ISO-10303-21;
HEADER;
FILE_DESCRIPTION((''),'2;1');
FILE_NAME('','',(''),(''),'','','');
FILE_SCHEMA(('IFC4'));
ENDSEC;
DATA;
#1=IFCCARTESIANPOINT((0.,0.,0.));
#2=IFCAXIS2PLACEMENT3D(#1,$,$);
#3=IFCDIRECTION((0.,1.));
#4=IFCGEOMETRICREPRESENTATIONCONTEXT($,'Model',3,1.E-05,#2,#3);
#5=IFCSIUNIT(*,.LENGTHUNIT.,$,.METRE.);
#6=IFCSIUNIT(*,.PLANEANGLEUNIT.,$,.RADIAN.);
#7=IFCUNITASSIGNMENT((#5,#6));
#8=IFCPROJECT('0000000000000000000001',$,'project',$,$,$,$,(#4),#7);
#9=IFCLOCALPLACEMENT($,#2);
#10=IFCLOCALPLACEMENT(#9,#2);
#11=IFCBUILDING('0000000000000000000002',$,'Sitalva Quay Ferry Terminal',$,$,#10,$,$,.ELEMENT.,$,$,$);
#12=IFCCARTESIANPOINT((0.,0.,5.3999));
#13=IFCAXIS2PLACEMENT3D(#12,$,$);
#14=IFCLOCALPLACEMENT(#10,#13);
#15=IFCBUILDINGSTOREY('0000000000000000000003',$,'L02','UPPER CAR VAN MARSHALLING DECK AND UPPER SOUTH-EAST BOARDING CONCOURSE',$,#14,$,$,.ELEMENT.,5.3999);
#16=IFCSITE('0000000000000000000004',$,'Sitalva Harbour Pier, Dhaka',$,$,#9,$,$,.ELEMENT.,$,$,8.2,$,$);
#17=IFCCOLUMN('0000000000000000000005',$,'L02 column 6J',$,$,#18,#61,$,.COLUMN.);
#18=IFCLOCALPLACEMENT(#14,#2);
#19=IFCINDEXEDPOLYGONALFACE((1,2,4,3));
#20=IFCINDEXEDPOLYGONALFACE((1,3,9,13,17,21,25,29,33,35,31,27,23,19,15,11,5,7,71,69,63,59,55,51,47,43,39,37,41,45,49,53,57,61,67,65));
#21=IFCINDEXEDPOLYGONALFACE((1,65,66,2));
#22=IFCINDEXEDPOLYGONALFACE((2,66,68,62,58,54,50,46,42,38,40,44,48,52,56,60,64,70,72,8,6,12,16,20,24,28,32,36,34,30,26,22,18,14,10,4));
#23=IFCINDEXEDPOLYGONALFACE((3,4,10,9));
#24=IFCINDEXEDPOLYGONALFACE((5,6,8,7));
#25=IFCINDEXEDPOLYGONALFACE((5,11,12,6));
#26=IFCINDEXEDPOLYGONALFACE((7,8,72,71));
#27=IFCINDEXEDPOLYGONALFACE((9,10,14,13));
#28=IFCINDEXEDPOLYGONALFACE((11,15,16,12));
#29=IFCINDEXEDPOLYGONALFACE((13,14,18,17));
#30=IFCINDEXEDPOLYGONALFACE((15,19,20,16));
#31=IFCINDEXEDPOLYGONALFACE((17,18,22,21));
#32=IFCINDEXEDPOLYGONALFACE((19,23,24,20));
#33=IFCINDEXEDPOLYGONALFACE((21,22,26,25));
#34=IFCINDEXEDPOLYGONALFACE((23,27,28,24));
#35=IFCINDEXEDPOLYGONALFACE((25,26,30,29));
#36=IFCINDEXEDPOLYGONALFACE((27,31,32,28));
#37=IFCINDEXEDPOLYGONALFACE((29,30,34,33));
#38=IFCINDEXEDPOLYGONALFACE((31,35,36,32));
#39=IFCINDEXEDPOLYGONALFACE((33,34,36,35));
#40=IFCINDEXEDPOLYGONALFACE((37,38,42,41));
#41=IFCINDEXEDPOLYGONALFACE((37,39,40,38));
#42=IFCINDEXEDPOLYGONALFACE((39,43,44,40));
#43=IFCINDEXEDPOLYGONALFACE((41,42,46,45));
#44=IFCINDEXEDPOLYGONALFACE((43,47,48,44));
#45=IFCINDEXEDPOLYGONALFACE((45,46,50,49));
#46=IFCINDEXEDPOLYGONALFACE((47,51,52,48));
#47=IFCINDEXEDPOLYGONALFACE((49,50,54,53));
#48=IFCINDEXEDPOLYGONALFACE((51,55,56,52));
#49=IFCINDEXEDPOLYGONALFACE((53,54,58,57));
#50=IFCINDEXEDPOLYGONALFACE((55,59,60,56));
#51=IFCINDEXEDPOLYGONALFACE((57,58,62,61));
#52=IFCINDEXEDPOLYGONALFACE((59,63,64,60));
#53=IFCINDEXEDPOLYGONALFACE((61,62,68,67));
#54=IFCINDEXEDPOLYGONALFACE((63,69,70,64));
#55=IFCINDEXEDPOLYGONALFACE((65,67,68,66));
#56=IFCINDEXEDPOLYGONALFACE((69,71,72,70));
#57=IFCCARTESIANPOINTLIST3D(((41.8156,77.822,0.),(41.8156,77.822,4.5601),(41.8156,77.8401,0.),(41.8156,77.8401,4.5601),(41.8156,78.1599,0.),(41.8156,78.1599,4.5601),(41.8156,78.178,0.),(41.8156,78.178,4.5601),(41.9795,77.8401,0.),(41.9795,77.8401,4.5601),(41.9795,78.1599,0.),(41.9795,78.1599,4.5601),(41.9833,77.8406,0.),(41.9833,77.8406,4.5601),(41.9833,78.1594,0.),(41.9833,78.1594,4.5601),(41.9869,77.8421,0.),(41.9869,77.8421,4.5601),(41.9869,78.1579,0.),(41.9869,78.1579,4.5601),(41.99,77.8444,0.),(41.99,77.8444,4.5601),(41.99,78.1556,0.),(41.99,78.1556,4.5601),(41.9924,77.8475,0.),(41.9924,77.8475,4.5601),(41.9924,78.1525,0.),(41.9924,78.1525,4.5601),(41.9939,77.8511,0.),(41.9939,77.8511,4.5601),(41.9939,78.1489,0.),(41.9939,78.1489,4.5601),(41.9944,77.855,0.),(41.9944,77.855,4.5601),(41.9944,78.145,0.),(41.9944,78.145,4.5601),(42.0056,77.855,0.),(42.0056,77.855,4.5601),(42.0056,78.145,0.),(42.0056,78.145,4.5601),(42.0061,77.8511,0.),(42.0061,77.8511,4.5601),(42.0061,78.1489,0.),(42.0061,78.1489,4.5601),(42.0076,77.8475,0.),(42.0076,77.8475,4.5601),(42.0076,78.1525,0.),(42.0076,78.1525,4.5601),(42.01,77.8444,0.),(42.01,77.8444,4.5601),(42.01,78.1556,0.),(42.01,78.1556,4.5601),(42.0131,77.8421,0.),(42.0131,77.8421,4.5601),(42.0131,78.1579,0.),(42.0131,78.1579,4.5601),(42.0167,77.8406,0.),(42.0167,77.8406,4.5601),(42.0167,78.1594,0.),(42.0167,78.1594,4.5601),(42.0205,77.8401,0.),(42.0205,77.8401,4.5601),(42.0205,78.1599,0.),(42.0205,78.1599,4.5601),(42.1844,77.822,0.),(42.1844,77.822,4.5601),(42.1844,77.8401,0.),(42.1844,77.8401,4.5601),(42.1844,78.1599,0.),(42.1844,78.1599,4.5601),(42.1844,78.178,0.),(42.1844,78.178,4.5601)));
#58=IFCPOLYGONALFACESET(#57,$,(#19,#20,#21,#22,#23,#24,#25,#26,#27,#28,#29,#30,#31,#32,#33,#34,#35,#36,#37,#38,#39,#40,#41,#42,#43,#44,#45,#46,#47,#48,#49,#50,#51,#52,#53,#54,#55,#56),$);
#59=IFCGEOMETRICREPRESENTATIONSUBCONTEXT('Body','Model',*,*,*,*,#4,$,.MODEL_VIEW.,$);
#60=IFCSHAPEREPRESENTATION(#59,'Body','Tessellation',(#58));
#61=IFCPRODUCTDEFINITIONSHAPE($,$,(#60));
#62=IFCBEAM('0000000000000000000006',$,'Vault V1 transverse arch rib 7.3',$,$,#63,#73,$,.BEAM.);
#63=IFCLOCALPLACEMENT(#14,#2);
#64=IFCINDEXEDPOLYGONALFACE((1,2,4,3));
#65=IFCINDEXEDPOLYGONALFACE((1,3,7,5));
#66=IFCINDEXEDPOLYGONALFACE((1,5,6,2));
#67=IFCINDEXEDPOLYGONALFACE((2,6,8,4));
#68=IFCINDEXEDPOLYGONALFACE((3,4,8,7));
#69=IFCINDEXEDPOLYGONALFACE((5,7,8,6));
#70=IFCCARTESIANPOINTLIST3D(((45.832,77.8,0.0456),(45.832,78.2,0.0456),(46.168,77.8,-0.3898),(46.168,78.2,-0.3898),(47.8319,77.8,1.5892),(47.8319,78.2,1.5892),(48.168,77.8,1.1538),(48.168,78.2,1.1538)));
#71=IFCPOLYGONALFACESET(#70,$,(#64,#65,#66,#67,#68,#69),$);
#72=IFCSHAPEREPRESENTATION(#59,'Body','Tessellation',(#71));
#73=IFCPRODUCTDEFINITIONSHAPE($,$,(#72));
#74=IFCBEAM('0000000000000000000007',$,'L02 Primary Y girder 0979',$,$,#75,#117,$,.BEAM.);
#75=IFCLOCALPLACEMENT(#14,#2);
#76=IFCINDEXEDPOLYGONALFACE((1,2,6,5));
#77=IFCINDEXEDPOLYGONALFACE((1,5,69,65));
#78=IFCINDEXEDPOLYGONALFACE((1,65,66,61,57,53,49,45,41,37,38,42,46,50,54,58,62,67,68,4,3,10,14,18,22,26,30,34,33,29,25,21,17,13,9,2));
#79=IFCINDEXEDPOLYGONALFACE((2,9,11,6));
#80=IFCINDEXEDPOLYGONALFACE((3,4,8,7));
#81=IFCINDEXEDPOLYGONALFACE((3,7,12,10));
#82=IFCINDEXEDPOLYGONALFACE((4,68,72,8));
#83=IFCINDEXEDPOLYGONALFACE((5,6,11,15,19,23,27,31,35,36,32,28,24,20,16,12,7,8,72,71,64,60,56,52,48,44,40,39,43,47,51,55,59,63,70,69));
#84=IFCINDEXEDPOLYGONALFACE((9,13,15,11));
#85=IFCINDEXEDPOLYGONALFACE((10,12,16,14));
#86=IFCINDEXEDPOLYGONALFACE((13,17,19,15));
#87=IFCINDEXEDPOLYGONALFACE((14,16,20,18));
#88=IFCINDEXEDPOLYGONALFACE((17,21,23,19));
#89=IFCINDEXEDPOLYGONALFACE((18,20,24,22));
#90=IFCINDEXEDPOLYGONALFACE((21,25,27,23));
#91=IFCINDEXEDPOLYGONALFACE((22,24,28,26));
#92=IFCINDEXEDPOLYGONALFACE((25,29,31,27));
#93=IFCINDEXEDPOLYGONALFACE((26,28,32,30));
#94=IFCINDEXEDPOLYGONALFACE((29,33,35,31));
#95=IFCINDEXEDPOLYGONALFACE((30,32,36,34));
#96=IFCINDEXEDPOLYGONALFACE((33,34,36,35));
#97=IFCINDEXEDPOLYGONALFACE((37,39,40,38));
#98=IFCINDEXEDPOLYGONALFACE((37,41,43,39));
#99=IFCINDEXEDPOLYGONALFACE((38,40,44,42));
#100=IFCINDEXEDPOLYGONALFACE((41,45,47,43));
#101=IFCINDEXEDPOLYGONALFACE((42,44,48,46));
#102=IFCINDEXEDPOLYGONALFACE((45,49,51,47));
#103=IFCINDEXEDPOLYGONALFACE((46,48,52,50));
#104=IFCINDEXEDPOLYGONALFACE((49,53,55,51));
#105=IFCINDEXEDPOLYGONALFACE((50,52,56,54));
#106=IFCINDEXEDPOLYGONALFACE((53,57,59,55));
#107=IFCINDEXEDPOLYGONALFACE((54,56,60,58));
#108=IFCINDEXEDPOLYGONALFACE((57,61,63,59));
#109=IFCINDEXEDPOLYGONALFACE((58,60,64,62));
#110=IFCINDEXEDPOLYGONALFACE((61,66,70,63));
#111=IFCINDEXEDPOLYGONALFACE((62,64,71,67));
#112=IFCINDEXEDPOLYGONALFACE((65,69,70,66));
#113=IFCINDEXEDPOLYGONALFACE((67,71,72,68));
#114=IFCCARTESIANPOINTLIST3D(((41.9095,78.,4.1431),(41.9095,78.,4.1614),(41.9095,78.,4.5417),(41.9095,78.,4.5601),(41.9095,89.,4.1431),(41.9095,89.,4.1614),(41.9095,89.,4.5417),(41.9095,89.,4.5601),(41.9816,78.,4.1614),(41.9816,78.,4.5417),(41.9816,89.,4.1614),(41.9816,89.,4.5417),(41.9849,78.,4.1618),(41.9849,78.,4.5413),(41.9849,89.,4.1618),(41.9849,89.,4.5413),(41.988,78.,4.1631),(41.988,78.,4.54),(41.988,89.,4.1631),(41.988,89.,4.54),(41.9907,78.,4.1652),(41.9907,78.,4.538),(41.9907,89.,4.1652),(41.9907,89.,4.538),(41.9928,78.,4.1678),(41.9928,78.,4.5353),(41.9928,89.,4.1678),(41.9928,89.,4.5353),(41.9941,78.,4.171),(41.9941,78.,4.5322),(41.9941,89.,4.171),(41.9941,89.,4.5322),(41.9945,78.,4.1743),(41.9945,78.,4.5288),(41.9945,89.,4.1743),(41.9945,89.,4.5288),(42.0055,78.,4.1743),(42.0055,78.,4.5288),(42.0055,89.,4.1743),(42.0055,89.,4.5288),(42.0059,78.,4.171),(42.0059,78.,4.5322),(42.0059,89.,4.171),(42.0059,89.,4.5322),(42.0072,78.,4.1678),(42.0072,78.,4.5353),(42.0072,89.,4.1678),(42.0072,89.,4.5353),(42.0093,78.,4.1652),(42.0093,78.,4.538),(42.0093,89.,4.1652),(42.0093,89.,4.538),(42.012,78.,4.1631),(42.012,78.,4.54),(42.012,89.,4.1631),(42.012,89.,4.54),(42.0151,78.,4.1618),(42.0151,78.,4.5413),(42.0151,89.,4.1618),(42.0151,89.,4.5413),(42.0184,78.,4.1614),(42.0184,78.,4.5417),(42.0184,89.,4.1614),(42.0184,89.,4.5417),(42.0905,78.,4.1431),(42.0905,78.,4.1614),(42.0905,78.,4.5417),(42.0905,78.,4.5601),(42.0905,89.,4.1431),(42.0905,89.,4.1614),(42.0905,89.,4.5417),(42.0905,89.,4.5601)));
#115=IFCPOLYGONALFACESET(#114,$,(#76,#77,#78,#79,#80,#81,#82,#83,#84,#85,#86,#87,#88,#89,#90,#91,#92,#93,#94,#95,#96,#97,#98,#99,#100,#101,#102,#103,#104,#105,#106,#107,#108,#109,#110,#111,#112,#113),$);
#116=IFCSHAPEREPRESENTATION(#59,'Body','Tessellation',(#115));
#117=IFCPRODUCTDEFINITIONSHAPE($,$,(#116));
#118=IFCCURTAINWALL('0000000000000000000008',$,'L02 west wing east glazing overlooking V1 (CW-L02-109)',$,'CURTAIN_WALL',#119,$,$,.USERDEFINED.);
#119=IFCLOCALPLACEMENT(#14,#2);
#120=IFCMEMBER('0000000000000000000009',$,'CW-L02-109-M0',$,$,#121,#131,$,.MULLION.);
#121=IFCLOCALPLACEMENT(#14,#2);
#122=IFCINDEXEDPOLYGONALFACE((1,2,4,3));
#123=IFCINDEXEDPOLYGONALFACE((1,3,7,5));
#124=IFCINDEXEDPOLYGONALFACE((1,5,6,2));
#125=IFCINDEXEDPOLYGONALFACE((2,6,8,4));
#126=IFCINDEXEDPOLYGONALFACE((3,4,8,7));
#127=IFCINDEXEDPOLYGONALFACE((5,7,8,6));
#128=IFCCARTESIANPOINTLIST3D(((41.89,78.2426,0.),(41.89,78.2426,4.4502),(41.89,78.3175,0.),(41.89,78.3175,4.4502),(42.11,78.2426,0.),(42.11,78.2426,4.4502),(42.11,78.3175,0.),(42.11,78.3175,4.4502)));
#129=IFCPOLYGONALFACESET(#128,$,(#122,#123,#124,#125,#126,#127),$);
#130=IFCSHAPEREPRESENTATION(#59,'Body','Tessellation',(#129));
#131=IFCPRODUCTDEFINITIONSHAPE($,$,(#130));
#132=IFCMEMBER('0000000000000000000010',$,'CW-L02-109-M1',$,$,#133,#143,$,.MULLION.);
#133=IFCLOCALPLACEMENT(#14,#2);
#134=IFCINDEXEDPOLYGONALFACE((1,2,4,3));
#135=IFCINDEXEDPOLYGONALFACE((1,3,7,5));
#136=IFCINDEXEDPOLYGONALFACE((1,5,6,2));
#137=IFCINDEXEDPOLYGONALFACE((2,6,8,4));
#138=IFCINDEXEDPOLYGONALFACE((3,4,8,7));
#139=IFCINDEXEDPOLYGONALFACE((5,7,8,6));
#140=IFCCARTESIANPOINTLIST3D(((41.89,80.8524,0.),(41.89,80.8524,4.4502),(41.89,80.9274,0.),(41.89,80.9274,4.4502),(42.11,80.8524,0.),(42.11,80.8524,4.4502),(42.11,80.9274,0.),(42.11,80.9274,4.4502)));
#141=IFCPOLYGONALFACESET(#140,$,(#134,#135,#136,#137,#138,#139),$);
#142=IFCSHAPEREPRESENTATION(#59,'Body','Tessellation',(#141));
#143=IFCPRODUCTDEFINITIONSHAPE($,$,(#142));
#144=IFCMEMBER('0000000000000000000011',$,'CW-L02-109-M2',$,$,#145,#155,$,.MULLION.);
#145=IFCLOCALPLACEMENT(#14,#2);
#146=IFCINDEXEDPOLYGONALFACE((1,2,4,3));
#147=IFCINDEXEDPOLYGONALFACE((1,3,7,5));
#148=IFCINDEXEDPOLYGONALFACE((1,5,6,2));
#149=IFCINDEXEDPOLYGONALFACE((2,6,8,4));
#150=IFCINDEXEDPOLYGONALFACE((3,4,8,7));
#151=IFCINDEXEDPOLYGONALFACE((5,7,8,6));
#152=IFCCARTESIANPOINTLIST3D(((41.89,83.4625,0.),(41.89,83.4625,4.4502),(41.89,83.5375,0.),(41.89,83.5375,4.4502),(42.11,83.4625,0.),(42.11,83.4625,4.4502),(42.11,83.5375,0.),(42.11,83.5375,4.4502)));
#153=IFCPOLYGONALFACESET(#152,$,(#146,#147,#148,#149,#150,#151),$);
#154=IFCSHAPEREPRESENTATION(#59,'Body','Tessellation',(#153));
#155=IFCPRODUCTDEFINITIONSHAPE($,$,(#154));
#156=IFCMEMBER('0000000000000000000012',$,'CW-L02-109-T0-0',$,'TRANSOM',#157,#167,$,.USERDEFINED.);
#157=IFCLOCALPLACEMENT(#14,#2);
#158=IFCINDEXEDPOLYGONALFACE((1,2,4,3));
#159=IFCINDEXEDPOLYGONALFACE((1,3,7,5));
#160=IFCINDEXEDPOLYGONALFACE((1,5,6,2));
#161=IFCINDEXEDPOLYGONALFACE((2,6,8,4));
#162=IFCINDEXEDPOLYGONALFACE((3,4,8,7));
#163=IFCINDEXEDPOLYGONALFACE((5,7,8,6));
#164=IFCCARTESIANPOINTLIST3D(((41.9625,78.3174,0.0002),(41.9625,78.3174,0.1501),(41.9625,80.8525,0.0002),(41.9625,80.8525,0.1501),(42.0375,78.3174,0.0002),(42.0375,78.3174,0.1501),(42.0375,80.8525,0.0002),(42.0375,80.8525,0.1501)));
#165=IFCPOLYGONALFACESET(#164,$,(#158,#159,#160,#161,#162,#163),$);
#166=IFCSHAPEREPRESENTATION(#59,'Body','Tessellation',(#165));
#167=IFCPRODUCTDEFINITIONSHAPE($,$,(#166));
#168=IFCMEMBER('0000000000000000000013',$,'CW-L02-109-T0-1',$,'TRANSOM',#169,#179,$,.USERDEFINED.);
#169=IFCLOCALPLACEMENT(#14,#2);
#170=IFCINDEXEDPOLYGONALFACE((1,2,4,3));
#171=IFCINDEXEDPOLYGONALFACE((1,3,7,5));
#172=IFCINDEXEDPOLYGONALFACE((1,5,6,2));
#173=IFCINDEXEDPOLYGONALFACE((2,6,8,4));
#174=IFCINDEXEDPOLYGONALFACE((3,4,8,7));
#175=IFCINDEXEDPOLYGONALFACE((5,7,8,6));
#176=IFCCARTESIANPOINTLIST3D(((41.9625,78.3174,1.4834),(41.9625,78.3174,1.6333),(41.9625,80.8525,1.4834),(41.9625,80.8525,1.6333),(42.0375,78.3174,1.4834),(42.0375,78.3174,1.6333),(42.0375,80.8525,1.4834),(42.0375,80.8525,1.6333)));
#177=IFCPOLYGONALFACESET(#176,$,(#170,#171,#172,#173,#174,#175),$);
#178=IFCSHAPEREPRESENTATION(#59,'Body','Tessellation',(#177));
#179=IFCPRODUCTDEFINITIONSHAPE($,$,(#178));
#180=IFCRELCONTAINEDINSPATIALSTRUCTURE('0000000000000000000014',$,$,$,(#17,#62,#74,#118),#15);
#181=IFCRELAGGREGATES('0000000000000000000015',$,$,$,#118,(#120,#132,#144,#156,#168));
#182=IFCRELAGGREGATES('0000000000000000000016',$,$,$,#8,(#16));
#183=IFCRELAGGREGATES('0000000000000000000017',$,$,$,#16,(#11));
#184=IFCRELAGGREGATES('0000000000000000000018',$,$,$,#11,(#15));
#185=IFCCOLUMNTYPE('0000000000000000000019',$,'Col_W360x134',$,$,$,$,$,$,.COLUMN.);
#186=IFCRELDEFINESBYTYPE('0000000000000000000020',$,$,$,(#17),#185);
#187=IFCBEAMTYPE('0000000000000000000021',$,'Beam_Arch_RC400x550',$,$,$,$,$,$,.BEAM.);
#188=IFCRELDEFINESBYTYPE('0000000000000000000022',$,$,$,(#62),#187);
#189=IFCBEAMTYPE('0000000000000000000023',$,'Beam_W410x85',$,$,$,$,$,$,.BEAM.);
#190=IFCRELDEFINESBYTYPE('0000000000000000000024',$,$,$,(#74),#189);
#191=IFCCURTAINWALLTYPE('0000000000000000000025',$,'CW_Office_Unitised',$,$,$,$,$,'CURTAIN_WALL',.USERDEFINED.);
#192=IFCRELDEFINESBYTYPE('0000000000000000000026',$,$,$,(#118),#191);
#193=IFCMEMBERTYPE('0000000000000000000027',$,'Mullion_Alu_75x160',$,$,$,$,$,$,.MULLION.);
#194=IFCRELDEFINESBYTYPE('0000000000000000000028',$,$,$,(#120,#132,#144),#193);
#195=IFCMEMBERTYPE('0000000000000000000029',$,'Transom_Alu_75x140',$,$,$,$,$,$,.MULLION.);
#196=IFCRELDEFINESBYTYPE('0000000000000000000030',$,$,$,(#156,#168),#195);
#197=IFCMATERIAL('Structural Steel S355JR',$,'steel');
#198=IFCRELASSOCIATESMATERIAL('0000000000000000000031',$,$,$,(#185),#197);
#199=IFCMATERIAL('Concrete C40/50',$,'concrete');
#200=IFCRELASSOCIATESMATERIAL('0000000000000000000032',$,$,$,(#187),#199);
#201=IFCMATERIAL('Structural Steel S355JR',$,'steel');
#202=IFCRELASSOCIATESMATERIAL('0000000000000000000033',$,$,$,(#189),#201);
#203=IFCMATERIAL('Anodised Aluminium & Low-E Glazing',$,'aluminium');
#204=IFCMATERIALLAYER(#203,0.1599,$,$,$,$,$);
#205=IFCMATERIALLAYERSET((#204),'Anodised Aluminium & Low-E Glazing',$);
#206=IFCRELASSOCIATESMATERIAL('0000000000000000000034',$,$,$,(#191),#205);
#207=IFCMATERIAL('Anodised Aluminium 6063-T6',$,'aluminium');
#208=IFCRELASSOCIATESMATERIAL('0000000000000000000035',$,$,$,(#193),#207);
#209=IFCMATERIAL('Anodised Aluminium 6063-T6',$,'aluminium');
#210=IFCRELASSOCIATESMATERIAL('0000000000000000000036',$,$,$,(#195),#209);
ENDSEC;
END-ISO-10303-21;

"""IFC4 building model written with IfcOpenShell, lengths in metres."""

from ifc_helpers import new_model, si_unit, direction, frame, origin, origin_2d, place, context, subcontext, project, spatial, rectangle, i_section, extrude, material, layer, layer_set, material_profile, profile_set, type_object, element, aggregate, save


model = new_model("IFC4")

# Units and contexts
model_context = context("Model", 3, precision=1e-05, world=origin(), true_north=direction((0.0, 1.0)))
body_context = subcontext(model_context, "Body", "Model", "MODEL_VIEW")
ifc_project = project(units=[si_unit("LENGTHUNIT", "METRE"), si_unit("PLANEANGLEUNIT", "RADIAN")], contexts=[model_context])

# Site, building, storey
site_placement = place(None, origin())
site = spatial("IfcSite", under=ifc_project, at=site_placement, Name="Sitalva Harbour Pier, Dhaka", CompositionType="ELEMENT", RefElevation=8.2)
building_placement = place(site_placement, origin())
building = spatial("IfcBuilding", under=site, at=building_placement, Name="Sitalva Quay Ferry Terminal", CompositionType="ELEMENT")
storey_placement = place(building_placement, frame((0.0, 0.0, 5.3999)))
storey = spatial("IfcBuildingStorey", under=building, at=storey_placement, Name="L02", Description="UPPER CAR VAN MARSHALLING DECK AND UPPER SOUTH-EAST BOARDING CONCOURSE", CompositionType="ELEMENT", Elevation=5.3999)

# Column
ifc_material_1 = material(Name="Structural Steel S355JR", Category="steel")
ifc_material_profile_1 = material_profile(ifc_material_1, i_section(OverallWidth=0.3689, OverallDepth=0.356, WebThickness=0.0112, FlangeThickness=0.0181, FilletRadius=0.0149, at=origin_2d()), Name="W360x134")
ifc_profile_set_1 = profile_set([ifc_material_profile_1], Name="Structural Steel S355JR")
column_type = type_object("IfcColumnType", Name="Col_W360x134", PredefinedType="COLUMN", material=ifc_profile_set_1)
column_placement = place(storey_placement, frame((42.0, 78.0, 0.0), z_axis=(0.0, 0.0, 1.0), x_axis=(1.0, 0.0, 0.0)))
element("IfcColumn", 1, at=column_placement, inside=storey, type_object=column_type, Name="L02 column 6J", PredefinedType="COLUMN", context=body_context, shape_type="SweptSolid", body=[
    extrude(i_section(OverallWidth=0.3689, OverallDepth=0.356, WebThickness=0.0112, FlangeThickness=0.0181, FilletRadius=0.0149, at=origin_2d()), origin(), (0.0, 0.0, 1.0), 4.5601),
])

# Beams
ifc_material_2 = material(Name="Concrete C40/50", Category="concrete")
ifc_material_profile_2 = material_profile(ifc_material_2, rectangle(XDim=0.3999, YDim=0.55, at=origin_2d()), Name="RC400x550")
ifc_profile_set_2 = profile_set([ifc_material_profile_2], Name="Concrete C40/50")
beam_type_1 = type_object("IfcBeamType", Name="Beam_Arch_RC400x550", PredefinedType="BEAM", material=ifc_profile_set_2)
beam_1_placement = place(storey_placement, frame((46.0, 78.0, -0.1721), z_axis=(0.791621, 0.0, 0.611013), x_axis=(0.0, 1.0, 0.0)))
element("IfcBeam", 2, at=beam_1_placement, inside=storey, type_object=beam_type_1, Name="Vault V1 transverse arch rib 7.3", PredefinedType="BEAM", context=body_context, shape_type="SweptSolid", body=[
    extrude(rectangle(XDim=0.3999, YDim=0.55, at=origin_2d()), origin(), (0.0, 0.0, 1.0), 2.5264),
])
ifc_material_3 = material(Name="Structural Steel S355JR", Category="steel")
ifc_material_profile_3 = material_profile(ifc_material_3, i_section(OverallWidth=0.1809, OverallDepth=0.417, WebThickness=0.011, FlangeThickness=0.0183, FilletRadius=0.0129, at=origin_2d()), Name="W410x85")
ifc_profile_set_3 = profile_set([ifc_material_profile_3], Name="Structural Steel S355JR")
beam_type_2 = type_object("IfcBeamType", Name="Beam_W410x85", PredefinedType="BEAM", material=ifc_profile_set_3)
beam_2_placement = place(storey_placement, frame((42.0, 78.0, 4.3516), z_axis=(0.0, 1.0, 0.0), x_axis=(-1.0, 0.0, 0.0)))
element("IfcBeam", 3, at=beam_2_placement, inside=storey, type_object=beam_type_2, Name="L02 Primary Y girder 0979", PredefinedType="BEAM", context=body_context, shape_type="SweptSolid", body=[
    extrude(i_section(OverallWidth=0.1809, OverallDepth=0.417, WebThickness=0.011, FlangeThickness=0.0183, FilletRadius=0.0129, at=origin_2d()), origin(), (0.0, 0.0, 1.0), 11.0),
])

# Curtain wall, members
ifc_material_4 = material(Name="Anodised Aluminium & Low-E Glazing", Category="aluminium")
ifc_layer_1 = layer(ifc_material_4, 0.1599)
ifc_layer_set_1 = layer_set([ifc_layer_1], Name="Anodised Aluminium & Low-E Glazing")
curtain_wall_type = type_object("IfcCurtainWallType", Name="CW_Office_Unitised", ElementType="CURTAIN_WALL", PredefinedType="USERDEFINED", material=ifc_layer_set_1)
curtain_wall_placement = place(storey_placement, origin())
curtain_wall = element("IfcCurtainWall", 4, at=curtain_wall_placement, inside=storey, type_object=curtain_wall_type, Name="L02 west wing east glazing overlooking V1 (CW-L02-109)", ObjectType="CURTAIN_WALL", PredefinedType="USERDEFINED")
ifc_material_5 = material(Name="Anodised Aluminium 6063-T6", Category="aluminium")
ifc_material_profile_4 = material_profile(ifc_material_5, rectangle(XDim=0.075, YDim=0.22, at=origin_2d()), Name="ALU75x220")
ifc_profile_set_4 = profile_set([ifc_material_profile_4], Name="Anodised Aluminium 6063-T6")
member_type_1 = type_object("IfcMemberType", Name="Mullion_Alu_75x160", PredefinedType="MULLION", material=ifc_profile_set_4)
member_1_placement = place(storey_placement, frame((42.0, 78.28, 0.0), z_axis=(0.0, 0.0, 1.0), x_axis=(0.0, 1.0, 0.0)))
member_1 = element("IfcMember", 5, at=member_1_placement, type_object=member_type_1, Name="CW-L02-109-M0", PredefinedType="MULLION", context=body_context, shape_type="SweptSolid", body=[
    extrude(rectangle(XDim=0.075, YDim=0.22, at=origin_2d()), origin(), (0.0, 0.0, 1.0), 4.4502),
])
member_2_placement = place(storey_placement, frame((42.0, 80.8899, 0.0), z_axis=(0.0, 0.0, 1.0), x_axis=(0.0, 1.0, 0.0)))
member_2 = element("IfcMember", 6, at=member_2_placement, type_object=member_type_1, Name="CW-L02-109-M1", PredefinedType="MULLION", context=body_context, shape_type="SweptSolid", body=[
    extrude(rectangle(XDim=0.075, YDim=0.22, at=origin_2d()), origin(), (0.0, 0.0, 1.0), 4.4502),
])
member_3_placement = place(storey_placement, frame((42.0, 83.5, 0.0), z_axis=(0.0, 0.0, 1.0), x_axis=(0.0, 1.0, 0.0)))
member_3 = element("IfcMember", 7, at=member_3_placement, type_object=member_type_1, Name="CW-L02-109-M2", PredefinedType="MULLION", context=body_context, shape_type="SweptSolid", body=[
    extrude(rectangle(XDim=0.075, YDim=0.22, at=origin_2d()), origin(), (0.0, 0.0, 1.0), 4.4502),
])
ifc_material_6 = material(Name="Anodised Aluminium 6063-T6", Category="aluminium")
ifc_material_profile_5 = material_profile(ifc_material_6, rectangle(XDim=0.075, YDim=0.1499, at=origin_2d()), Name="ALU75x150")
ifc_profile_set_5 = profile_set([ifc_material_profile_5], Name="Anodised Aluminium 6063-T6")
member_type_2 = type_object("IfcMemberType", Name="Transom_Alu_75x140", PredefinedType="MULLION", material=ifc_profile_set_5)
member_4_placement = place(storey_placement, frame((42.0, 78.3174, 0.0752), z_axis=(0.0, 1.0, 0.0), x_axis=(-1.0, 0.0, 0.0)))
member_4 = element("IfcMember", 8, at=member_4_placement, type_object=member_type_2, Name="CW-L02-109-T0-0", ObjectType="TRANSOM", PredefinedType="USERDEFINED", context=body_context, shape_type="SweptSolid", body=[
    extrude(rectangle(XDim=0.075, YDim=0.1499, at=origin_2d()), origin(), (0.0, 0.0, 1.0), 2.5352),
])
member_5_placement = place(storey_placement, frame((42.0, 78.3174, 1.5583), z_axis=(0.0, 1.0, 0.0), x_axis=(-1.0, 0.0, 0.0)))
member_5 = element("IfcMember", 9, at=member_5_placement, type_object=member_type_2, Name="CW-L02-109-T0-1", ObjectType="TRANSOM", PredefinedType="USERDEFINED", context=body_context, shape_type="SweptSolid", body=[
    extrude(rectangle(XDim=0.075, YDim=0.1499, at=origin_2d()), origin(), (0.0, 0.0, 1.0), 2.5352),
])
aggregate(curtain_wall, [member_1, member_2, member_3, member_4, member_5])

save(model, "model.ifc")
